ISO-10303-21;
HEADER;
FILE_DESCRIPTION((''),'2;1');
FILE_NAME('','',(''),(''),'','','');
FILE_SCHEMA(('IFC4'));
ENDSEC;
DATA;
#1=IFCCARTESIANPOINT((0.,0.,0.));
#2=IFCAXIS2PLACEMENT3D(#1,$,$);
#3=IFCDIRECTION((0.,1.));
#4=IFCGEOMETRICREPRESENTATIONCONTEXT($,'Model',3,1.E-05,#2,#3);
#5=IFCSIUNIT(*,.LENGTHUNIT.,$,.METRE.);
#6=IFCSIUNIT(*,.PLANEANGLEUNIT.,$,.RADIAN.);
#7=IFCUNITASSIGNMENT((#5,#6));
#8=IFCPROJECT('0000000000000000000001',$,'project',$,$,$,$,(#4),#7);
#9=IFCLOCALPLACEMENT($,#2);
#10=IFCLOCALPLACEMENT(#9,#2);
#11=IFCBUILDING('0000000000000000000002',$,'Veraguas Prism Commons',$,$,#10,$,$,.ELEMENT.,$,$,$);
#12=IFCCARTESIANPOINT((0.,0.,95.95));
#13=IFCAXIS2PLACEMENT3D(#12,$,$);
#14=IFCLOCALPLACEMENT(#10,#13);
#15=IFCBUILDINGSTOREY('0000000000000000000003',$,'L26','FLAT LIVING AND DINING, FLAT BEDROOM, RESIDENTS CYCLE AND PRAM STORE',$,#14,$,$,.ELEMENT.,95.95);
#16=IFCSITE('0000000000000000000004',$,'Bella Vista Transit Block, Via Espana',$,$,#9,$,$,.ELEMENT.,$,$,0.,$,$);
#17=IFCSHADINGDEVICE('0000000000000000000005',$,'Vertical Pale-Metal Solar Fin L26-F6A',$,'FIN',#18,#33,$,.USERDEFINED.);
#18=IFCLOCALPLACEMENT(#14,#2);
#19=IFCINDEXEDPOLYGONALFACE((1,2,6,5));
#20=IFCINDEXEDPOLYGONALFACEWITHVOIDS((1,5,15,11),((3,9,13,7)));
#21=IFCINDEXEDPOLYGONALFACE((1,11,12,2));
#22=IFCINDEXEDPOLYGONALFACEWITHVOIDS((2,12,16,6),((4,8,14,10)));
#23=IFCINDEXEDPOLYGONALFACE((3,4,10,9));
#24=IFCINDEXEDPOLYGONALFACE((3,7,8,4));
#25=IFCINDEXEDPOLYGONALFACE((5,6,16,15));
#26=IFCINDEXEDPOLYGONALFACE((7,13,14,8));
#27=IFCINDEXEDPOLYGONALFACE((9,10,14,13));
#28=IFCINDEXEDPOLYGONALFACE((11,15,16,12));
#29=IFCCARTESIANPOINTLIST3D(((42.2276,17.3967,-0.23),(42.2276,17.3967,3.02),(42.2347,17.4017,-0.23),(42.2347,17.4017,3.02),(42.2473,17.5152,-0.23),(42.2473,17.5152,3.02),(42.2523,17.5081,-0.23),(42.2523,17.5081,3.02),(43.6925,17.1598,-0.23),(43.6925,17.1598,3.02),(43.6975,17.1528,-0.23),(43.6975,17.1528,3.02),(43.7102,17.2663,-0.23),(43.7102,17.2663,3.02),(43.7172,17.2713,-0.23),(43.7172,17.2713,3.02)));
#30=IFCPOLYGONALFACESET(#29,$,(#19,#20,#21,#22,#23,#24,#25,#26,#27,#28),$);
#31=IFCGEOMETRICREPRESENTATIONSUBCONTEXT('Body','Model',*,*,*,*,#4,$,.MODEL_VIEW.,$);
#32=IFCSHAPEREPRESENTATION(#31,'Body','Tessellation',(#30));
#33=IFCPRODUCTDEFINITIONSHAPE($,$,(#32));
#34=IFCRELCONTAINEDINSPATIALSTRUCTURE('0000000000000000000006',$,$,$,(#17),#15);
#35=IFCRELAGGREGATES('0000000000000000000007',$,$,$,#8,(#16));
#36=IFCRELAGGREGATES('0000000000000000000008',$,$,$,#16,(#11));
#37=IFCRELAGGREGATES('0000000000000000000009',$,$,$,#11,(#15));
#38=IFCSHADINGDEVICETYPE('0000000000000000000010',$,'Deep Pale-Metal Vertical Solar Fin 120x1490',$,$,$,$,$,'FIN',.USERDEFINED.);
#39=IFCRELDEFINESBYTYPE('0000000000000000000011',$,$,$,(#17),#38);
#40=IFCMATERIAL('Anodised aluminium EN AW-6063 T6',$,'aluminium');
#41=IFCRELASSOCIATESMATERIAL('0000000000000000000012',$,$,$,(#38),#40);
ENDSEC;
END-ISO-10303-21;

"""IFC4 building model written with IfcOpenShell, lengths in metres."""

from ifc_helpers import new_model, si_unit, direction, frame, origin, origin_2d, place, context, subcontext, project, spatial, hollow_rectangle, extrude, material, material_profile, profile_set, type_object, element, save


model = new_model("IFC4")

# Units and contexts
model_context = context("Model", 3, precision=1e-05, world=origin(), true_north=direction((0.0, 1.0)))
body_context = subcontext(model_context, "Body", "Model", "MODEL_VIEW")
ifc_project = project(units=[si_unit("LENGTHUNIT", "METRE"), si_unit("PLANEANGLEUNIT", "RADIAN")], contexts=[model_context])

# Site, building, storey
site_placement = place(None, origin())
site = spatial("IfcSite", under=ifc_project, at=site_placement, Name="Bella Vista Transit Block, Via Espana", CompositionType="ELEMENT", RefElevation=0.0)
building_placement = place(site_placement, origin())
building = spatial("IfcBuilding", under=site, at=building_placement, Name="Veraguas Prism Commons", CompositionType="ELEMENT")
storey_placement = place(building_placement, frame((0.0, 0.0, 95.95)))
storey = spatial("IfcBuildingStorey", under=building, at=storey_placement, Name="L26", Description="FLAT LIVING AND DINING, FLAT BEDROOM, RESIDENTS CYCLE AND PRAM STORE", CompositionType="ELEMENT", Elevation=95.95)

# Shared definitions
ifc_material_1 = material(Name="Anodised aluminium EN AW-6063 T6", Category="aluminium")

# Shading device
ifc_material_profile_1 = material_profile(ifc_material_1, hollow_rectangle(XDim=0.1201, YDim=1.49, WallThickness=0.0061, at=origin_2d()), Name="FIN120X1490X6")
ifc_profile_set_1 = profile_set([ifc_material_profile_1], Name="Anodised aluminium EN AW-6063 T6")
shading_device_type = type_object("IfcShadingDeviceType", Name="Deep Pale-Metal Vertical Solar Fin 120x1490", ElementType="FIN", PredefinedType="USERDEFINED", material=ifc_profile_set_1)
shading_device_placement = place(storey_placement, frame((42.9724, 17.334, -0.23), z_axis=(0.0, 0.0, 1.0), x_axis=(0.16367, 0.986515, 0.0)))
element("IfcShadingDevice", 1, at=shading_device_placement, inside=storey, type_object=shading_device_type, Name="Vertical Pale-Metal Solar Fin L26-F6A", ObjectType="FIN", PredefinedType="USERDEFINED", context=body_context, shape_type="SweptSolid", body=[
    extrude(hollow_rectangle(XDim=0.1201, YDim=1.49, WallThickness=0.0061, at=origin_2d()), origin(), (0.0, 0.0, 1.0), 3.25),
])

save(model, "model.ifc")
